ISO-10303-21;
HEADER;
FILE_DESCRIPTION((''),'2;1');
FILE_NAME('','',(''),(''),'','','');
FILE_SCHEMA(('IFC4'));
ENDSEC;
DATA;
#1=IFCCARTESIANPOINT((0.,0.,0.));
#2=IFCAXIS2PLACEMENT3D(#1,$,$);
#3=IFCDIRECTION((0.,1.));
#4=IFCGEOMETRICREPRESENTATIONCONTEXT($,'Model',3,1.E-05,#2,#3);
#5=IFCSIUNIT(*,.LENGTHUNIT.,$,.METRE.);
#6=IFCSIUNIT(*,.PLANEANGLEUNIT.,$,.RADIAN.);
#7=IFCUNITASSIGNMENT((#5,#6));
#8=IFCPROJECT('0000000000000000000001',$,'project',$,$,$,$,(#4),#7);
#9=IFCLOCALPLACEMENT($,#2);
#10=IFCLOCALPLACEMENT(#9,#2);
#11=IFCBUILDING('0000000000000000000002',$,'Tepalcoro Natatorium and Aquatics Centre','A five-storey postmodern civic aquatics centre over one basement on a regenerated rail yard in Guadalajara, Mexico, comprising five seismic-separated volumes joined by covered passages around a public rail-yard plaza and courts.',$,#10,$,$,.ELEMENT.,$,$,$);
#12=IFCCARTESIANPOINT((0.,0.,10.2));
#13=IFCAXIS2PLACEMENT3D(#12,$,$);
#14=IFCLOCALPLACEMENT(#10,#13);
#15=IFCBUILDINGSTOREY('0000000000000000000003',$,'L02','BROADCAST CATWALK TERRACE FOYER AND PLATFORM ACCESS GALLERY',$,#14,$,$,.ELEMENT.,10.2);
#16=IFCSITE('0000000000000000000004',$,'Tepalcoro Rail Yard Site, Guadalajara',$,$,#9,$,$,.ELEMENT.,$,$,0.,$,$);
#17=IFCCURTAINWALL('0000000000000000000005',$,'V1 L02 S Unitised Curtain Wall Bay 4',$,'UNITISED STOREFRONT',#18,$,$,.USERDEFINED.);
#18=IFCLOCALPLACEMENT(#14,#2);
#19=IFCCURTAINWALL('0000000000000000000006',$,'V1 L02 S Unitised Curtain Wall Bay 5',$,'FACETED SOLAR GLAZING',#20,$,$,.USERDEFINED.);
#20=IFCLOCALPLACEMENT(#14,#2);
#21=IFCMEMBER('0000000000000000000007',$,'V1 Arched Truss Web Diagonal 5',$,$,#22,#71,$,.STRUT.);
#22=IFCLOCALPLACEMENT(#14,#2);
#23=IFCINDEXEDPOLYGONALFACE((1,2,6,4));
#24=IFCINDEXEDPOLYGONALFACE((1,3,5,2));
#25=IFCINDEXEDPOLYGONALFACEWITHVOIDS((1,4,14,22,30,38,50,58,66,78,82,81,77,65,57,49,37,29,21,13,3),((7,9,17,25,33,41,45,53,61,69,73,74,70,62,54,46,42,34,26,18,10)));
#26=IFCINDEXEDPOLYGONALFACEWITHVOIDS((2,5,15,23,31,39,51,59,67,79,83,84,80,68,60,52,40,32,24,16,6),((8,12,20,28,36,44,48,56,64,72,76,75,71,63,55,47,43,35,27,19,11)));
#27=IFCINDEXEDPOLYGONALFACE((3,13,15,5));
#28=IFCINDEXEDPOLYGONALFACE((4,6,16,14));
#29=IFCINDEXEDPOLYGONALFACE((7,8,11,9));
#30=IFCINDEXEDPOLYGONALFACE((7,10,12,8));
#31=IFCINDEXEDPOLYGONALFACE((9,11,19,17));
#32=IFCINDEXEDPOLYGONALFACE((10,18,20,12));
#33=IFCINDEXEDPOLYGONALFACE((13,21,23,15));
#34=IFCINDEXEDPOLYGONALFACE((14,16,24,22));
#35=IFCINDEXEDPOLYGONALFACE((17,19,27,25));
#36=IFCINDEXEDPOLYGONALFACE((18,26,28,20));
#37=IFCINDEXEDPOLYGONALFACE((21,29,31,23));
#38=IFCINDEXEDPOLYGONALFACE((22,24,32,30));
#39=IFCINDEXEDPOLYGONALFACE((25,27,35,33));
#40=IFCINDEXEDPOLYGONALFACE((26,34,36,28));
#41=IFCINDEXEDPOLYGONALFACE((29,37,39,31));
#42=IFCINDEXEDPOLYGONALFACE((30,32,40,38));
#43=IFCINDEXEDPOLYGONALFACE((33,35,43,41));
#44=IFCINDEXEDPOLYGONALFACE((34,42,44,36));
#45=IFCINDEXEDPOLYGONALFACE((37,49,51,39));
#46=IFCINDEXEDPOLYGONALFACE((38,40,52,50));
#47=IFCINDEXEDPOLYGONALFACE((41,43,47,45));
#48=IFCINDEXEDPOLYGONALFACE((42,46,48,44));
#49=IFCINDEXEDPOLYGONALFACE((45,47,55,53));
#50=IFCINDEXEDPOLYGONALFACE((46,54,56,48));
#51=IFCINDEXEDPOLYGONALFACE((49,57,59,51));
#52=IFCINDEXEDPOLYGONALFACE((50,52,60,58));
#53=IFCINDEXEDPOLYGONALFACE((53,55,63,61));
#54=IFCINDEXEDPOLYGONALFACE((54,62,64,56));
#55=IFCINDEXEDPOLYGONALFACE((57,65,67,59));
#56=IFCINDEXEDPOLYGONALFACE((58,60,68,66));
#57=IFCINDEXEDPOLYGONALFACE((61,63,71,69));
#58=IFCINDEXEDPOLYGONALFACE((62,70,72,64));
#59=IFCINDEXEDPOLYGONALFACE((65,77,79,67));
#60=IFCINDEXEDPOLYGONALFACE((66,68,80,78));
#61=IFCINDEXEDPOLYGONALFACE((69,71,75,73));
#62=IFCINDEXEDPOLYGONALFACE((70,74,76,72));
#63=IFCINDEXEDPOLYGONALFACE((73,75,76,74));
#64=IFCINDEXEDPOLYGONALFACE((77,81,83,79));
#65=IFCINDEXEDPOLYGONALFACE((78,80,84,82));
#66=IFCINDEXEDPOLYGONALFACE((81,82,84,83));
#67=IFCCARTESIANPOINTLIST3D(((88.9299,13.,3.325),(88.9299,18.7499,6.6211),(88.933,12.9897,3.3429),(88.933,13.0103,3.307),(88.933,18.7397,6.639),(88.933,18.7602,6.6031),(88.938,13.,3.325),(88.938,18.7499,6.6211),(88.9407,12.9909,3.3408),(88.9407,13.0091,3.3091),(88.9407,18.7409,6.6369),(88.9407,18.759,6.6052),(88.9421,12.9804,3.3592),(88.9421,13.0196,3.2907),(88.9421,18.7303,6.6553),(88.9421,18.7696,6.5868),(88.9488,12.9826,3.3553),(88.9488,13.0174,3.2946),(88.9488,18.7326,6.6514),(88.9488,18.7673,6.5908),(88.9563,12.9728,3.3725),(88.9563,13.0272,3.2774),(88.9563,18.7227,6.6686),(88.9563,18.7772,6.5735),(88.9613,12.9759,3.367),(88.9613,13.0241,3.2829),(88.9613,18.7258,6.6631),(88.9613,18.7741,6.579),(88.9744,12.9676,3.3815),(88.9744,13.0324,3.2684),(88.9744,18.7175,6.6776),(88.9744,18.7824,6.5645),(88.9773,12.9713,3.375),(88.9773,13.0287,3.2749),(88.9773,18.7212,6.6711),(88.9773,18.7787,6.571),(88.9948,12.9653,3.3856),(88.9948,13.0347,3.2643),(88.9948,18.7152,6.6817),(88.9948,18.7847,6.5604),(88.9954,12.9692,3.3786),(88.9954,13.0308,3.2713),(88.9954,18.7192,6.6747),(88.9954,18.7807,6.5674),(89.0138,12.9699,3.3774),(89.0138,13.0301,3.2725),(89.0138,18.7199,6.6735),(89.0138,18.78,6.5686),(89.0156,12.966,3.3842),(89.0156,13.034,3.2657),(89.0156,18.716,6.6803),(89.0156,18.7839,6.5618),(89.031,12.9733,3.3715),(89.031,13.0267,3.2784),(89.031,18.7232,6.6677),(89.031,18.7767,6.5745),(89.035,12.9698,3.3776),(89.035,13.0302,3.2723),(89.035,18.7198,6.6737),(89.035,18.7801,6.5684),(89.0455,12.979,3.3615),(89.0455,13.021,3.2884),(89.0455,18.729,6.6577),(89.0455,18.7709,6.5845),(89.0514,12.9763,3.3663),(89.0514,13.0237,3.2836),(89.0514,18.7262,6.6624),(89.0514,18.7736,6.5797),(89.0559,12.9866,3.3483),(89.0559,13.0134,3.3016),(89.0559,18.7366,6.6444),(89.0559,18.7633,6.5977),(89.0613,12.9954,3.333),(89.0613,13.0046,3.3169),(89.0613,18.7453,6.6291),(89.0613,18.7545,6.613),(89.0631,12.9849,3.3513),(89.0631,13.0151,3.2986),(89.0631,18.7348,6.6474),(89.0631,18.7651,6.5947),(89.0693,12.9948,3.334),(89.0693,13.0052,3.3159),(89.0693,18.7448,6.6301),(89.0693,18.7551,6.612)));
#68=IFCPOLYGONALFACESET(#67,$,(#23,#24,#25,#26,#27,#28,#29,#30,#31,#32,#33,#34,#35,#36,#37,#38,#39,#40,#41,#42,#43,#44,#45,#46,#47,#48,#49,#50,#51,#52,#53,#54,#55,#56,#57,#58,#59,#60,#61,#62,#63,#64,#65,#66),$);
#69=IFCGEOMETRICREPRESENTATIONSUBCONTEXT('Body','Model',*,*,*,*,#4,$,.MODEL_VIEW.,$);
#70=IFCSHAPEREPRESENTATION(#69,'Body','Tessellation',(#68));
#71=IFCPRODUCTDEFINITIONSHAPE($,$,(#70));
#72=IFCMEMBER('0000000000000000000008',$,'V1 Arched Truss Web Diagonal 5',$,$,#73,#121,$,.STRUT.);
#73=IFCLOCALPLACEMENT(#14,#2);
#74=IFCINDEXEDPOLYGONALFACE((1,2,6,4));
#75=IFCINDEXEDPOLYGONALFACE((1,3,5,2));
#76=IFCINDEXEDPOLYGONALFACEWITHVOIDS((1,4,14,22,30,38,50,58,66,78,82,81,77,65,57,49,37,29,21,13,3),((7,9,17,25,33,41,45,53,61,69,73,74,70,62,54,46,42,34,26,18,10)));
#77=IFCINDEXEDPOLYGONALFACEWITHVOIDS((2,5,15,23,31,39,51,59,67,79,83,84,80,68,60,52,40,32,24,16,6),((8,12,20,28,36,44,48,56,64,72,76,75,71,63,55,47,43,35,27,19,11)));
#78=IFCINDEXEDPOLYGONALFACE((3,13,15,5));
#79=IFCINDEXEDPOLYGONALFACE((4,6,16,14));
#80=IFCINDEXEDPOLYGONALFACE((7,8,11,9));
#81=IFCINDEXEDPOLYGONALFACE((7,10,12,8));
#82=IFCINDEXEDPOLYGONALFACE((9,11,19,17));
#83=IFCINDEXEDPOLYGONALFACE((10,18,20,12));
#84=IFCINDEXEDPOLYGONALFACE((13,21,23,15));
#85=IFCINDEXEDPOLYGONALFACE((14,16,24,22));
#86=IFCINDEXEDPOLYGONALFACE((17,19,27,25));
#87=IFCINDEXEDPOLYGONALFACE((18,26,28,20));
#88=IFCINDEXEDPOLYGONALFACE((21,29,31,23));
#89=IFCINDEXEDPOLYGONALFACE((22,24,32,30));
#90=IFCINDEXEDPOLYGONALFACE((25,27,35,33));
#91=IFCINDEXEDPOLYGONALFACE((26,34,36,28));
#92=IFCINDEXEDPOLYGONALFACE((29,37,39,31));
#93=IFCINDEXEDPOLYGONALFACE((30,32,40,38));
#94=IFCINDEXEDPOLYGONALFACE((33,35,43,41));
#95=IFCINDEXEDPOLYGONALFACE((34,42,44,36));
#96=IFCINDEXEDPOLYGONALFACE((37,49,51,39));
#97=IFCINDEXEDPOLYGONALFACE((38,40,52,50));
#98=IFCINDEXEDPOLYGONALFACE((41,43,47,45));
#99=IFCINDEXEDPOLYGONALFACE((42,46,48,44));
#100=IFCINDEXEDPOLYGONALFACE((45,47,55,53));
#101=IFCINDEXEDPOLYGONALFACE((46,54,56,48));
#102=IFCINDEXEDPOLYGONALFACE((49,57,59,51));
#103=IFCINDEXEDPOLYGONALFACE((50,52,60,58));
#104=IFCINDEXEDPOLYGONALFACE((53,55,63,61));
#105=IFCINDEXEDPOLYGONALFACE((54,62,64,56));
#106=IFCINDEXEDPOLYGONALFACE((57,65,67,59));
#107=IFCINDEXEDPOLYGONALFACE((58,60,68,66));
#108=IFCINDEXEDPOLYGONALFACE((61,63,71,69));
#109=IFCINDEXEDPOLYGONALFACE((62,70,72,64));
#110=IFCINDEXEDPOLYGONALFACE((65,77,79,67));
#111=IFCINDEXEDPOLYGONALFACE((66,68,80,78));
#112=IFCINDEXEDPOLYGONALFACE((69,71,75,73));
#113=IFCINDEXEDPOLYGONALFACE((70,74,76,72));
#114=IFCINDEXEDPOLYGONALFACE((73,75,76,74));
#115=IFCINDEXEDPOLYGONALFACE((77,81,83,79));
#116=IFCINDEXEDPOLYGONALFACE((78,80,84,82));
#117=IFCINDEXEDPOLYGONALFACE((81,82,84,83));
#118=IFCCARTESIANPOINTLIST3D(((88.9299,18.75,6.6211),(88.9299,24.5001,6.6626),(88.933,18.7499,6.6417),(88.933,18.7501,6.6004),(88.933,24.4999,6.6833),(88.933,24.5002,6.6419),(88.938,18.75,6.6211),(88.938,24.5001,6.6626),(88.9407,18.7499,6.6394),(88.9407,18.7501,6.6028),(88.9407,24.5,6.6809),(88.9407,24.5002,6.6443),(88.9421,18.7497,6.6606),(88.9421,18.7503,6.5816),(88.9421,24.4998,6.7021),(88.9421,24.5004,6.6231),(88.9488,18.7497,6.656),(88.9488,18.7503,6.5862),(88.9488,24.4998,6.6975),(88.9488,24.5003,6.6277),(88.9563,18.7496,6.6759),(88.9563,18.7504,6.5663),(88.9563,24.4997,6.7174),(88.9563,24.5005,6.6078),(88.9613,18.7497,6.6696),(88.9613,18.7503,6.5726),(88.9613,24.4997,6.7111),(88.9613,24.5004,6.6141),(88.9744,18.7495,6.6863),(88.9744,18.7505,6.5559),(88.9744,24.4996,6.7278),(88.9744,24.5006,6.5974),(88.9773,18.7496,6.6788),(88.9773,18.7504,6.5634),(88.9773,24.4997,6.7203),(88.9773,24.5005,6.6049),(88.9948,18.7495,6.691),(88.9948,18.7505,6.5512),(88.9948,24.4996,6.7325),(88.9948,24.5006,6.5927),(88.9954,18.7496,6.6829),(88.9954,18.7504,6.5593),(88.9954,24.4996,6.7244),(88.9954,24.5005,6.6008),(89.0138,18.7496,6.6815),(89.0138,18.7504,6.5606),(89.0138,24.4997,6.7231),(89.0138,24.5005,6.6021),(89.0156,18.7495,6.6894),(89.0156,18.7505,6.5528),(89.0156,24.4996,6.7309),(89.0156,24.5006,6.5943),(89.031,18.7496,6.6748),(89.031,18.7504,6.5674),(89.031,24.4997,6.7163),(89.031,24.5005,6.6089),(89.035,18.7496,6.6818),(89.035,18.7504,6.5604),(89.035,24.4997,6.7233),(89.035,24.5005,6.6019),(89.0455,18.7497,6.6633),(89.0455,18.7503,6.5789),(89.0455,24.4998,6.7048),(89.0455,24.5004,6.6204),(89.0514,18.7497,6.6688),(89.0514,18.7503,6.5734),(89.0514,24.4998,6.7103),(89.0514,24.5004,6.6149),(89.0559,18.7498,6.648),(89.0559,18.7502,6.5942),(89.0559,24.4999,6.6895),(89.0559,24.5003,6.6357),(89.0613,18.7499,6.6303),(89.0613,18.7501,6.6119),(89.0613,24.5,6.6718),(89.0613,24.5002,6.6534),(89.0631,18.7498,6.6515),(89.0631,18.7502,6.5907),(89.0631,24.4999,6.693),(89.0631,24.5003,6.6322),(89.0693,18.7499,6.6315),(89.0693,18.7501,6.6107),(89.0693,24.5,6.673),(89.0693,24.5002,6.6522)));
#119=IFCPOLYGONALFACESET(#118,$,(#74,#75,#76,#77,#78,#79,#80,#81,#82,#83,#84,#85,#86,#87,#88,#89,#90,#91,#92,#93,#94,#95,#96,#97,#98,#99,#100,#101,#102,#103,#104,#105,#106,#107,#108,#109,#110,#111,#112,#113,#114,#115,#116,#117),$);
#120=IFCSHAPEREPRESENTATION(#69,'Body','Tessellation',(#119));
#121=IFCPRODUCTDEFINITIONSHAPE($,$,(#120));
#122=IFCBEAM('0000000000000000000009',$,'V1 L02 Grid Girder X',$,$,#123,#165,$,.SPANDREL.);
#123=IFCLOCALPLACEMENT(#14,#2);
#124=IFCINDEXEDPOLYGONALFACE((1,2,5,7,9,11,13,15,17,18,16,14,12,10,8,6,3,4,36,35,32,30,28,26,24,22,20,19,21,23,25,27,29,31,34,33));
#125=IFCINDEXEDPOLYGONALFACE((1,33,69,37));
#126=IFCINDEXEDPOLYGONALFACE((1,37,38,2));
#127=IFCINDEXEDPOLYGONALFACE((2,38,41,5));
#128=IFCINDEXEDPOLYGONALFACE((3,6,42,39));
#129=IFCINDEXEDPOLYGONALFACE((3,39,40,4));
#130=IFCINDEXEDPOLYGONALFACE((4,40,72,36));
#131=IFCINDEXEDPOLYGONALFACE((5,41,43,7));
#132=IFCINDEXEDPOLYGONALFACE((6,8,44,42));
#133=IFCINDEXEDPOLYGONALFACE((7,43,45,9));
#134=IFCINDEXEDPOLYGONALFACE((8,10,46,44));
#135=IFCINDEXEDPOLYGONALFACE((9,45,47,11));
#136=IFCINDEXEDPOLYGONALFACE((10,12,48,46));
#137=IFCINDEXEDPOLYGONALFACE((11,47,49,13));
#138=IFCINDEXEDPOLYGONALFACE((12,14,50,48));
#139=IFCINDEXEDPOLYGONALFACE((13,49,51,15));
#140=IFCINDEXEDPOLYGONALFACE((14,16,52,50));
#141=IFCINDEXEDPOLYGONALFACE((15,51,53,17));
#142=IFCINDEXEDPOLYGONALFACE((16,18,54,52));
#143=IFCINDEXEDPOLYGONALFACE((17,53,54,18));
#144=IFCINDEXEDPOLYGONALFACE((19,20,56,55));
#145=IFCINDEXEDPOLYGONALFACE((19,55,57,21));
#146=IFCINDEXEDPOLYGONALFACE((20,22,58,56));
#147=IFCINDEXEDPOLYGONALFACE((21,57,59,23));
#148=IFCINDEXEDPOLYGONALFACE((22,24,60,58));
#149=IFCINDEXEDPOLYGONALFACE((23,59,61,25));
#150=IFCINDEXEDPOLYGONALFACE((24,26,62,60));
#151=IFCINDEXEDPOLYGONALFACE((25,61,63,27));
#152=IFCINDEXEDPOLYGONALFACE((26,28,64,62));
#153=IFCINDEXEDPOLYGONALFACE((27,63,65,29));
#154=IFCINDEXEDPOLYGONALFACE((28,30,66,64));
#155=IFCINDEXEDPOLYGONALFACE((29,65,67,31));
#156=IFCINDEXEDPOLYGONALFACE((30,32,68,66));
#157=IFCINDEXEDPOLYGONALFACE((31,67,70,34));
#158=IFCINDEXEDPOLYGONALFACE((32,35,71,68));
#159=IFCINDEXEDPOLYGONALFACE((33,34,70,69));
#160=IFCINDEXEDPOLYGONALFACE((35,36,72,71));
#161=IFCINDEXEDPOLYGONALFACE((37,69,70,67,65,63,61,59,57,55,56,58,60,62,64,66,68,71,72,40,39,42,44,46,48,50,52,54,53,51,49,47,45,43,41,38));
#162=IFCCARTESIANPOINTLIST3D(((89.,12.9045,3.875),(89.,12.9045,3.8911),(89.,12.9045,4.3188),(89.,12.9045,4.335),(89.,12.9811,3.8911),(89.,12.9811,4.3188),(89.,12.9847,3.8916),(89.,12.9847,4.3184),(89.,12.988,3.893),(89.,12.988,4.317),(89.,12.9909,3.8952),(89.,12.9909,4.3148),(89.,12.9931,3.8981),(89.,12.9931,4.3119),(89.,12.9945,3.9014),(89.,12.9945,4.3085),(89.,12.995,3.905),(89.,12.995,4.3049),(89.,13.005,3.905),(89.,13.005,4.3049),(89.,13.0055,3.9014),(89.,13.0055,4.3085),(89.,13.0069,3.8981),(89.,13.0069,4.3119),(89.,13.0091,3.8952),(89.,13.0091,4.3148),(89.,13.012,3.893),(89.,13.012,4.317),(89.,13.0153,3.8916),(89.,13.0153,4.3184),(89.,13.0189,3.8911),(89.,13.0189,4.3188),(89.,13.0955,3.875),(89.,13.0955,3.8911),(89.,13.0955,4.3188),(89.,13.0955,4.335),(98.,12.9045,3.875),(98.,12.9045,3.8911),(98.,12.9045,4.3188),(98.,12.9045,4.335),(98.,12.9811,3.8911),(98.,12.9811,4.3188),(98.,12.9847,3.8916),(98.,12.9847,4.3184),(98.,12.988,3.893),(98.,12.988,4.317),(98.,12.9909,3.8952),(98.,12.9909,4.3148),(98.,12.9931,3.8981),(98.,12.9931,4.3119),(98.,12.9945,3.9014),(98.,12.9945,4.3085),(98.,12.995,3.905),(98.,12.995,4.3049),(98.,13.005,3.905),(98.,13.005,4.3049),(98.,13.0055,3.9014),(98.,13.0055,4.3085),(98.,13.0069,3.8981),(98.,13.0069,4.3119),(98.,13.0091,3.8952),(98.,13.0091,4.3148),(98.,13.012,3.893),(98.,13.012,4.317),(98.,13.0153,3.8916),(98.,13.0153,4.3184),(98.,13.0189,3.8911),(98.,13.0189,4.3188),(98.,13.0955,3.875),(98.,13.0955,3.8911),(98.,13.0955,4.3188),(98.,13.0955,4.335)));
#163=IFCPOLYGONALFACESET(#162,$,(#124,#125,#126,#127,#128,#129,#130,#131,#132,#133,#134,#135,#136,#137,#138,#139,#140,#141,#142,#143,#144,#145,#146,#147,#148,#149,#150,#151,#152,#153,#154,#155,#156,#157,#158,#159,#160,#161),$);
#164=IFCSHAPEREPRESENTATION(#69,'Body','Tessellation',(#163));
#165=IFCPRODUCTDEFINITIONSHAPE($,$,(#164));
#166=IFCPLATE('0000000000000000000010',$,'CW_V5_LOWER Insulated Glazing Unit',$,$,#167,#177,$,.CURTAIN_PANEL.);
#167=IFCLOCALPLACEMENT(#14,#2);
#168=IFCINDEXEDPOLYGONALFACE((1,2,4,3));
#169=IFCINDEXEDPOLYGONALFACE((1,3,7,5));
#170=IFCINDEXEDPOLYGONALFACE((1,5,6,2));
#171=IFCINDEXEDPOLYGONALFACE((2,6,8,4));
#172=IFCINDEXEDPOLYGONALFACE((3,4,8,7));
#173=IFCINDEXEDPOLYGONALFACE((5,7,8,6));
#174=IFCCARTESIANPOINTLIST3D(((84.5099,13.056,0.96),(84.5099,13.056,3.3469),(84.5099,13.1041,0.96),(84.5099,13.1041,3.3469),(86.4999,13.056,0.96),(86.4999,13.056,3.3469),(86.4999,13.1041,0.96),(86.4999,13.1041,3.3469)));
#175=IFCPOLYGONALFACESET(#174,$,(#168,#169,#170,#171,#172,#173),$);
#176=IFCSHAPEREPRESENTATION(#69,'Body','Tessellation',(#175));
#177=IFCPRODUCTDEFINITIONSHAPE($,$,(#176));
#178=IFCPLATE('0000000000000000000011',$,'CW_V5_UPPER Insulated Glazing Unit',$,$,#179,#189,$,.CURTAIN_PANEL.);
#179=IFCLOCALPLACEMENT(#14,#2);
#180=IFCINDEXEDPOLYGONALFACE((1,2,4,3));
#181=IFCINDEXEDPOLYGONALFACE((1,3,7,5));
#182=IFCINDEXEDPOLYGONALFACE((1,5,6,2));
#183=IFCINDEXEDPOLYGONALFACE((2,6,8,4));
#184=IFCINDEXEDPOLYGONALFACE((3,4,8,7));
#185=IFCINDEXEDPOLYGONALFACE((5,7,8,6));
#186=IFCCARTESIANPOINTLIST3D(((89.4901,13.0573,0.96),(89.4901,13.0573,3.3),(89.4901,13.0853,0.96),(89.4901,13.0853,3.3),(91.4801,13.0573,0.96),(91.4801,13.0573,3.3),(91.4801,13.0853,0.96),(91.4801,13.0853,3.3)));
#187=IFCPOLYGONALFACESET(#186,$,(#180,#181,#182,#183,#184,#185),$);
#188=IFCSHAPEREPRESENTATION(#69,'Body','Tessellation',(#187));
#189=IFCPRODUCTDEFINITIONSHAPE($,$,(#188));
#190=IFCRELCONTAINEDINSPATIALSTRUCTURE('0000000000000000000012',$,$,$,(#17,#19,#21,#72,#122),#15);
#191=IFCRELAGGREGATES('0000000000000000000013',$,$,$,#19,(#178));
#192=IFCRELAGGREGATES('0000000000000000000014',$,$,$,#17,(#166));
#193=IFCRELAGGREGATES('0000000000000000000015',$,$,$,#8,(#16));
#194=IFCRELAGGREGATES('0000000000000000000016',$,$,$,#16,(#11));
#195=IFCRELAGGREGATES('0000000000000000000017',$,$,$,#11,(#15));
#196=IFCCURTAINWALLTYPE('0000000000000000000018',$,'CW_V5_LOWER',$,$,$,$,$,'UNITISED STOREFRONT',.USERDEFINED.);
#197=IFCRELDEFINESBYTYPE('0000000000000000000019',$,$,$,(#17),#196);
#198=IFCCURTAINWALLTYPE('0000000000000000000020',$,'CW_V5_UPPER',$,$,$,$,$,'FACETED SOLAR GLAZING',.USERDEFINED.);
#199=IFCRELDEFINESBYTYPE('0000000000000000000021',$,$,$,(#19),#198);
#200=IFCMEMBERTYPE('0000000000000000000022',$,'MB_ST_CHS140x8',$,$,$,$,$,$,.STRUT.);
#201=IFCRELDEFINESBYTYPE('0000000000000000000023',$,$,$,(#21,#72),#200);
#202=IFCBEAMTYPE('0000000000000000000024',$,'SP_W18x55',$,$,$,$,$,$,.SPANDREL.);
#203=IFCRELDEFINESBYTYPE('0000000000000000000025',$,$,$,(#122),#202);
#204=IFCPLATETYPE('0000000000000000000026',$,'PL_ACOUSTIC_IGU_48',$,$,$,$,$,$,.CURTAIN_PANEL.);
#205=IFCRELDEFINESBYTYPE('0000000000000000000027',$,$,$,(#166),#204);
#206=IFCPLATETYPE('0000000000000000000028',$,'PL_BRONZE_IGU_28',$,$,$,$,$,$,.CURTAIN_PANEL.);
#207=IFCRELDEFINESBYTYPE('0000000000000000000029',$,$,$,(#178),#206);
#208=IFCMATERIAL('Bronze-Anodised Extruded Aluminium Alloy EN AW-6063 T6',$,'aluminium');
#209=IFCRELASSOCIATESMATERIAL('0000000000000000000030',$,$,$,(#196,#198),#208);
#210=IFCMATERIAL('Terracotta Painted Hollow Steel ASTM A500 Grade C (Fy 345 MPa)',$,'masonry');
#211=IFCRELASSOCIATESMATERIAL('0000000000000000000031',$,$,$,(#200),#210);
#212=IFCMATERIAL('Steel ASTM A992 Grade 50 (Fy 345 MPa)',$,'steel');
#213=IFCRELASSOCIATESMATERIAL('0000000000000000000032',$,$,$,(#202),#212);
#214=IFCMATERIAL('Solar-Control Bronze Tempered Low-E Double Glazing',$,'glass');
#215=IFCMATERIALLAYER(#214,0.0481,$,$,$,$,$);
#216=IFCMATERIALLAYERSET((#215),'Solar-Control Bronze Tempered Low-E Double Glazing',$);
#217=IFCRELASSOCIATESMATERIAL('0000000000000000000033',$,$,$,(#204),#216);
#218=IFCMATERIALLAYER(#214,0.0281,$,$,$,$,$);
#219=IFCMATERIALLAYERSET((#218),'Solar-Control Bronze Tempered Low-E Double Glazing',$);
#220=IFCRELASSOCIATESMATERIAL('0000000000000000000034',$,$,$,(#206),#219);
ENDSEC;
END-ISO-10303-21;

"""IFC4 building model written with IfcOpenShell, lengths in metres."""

from ifc_helpers import new_model, si_unit, direction, frame, origin, origin_2d, place, context, subcontext, project, spatial, rectangle, hollow_circle, i_section, extrude, material, layer, layer_set, material_profile, profile_set, type_object, element, aggregate, save


model = new_model("IFC4")

# Units and contexts
model_context = context("Model", 3, precision=1e-05, world=origin(), true_north=direction((0.0, 1.0)))
body_context = subcontext(model_context, "Body", "Model", "MODEL_VIEW")
ifc_project = project(units=[si_unit("LENGTHUNIT", "METRE"), si_unit("PLANEANGLEUNIT", "RADIAN")], contexts=[model_context])

# Site, building, storey
site_placement = place(None, origin())
site = spatial("IfcSite", under=ifc_project, at=site_placement, Name="Tepalcoro Rail Yard Site, Guadalajara", CompositionType="ELEMENT", RefElevation=0.0)
building_placement = place(site_placement, origin())
building = spatial("IfcBuilding", under=site, at=building_placement, Name="Tepalcoro Natatorium and Aquatics Centre", Description="A five-storey postmodern civic aquatics centre over one basement on a regenerated rail yard in Guadalajara, Mexico, comprising five seismic-separated volumes joined by covered passages around a public rail-yard plaza and courts.", CompositionType="ELEMENT")
storey_placement = place(building_placement, frame((0.0, 0.0, 10.2)))
storey = spatial("IfcBuildingStorey", under=building, at=storey_placement, Name="L02", Description="BROADCAST CATWALK TERRACE FOYER AND PLATFORM ACCESS GALLERY", CompositionType="ELEMENT", Elevation=10.2)

# Shared definitions
ifc_material_1 = material(Name="Steel ASTM A992 Grade 50 (Fy 345 MPa)", Category="steel")

# Shared definitions
ifc_material_2 = material(Name="Terracotta Painted Hollow Steel ASTM A500 Grade C (Fy 345 MPa)", Category="masonry")

# Curtain walls
ifc_material_3 = material(Name="Bronze-Anodised Extruded Aluminium Alloy EN AW-6063 T6", Category="aluminium")
curtain_wall_type_1 = type_object("IfcCurtainWallType", Name="CW_V5_LOWER", ElementType="UNITISED STOREFRONT", PredefinedType="USERDEFINED", material=ifc_material_3)
curtain_wall_1_placement = place(storey_placement, origin())
curtain_wall_1 = element("IfcCurtainWall", 1, at=curtain_wall_1_placement, inside=storey, type_object=curtain_wall_type_1, Name="V1 L02 S Unitised Curtain Wall Bay 4", ObjectType="UNITISED STOREFRONT", PredefinedType="USERDEFINED")
curtain_wall_type_2 = type_object("IfcCurtainWallType", Name="CW_V5_UPPER", ElementType="FACETED SOLAR GLAZING", PredefinedType="USERDEFINED", material=ifc_material_3)
curtain_wall_2_placement = place(storey_placement, origin())
curtain_wall_2 = element("IfcCurtainWall", 2, at=curtain_wall_2_placement, inside=storey, type_object=curtain_wall_type_2, Name="V1 L02 S Unitised Curtain Wall Bay 5", ObjectType="FACETED SOLAR GLAZING", PredefinedType="USERDEFINED")

# Members
ifc_material_profile_1 = material_profile(ifc_material_2, hollow_circle(Radius=0.0701, WallThickness=0.0081, at=origin_2d()), Name="CHS140X8")
ifc_profile_set_1 = profile_set([ifc_material_profile_1], Name="Terracotta Painted Hollow Steel ASTM A500 Grade C (Fy 345 MPa)")
member_type_1 = type_object("IfcMemberType", Name="MB_ST_CHS140x8", PredefinedType="STRUT", material=ifc_profile_set_1)
member_1_placement = place(storey_placement, frame((89.0, 13.0, 3.325), z_axis=(0.0, 0.867565, 0.497325), x_axis=(-1.0, 0.0, 0.0)))
element("IfcMember", 3, at=member_1_placement, inside=storey, type_object=member_type_1, Name="V1 Arched Truss Web Diagonal 5", PredefinedType="STRUT", context=body_context, shape_type="SweptSolid", body=[
    extrude(hollow_circle(Radius=0.0701, WallThickness=0.0081, at=origin_2d()), origin(), (0.0, 0.0, 1.0), 6.6277),
])
member_2_placement = place(storey_placement, frame((89.0, 18.75, 6.6211), z_axis=(0.0, 0.999974, 0.007218), x_axis=(-1.0, 0.0, 0.0)))
element("IfcMember", 4, at=member_2_placement, inside=storey, type_object=member_type_1, Name="V1 Arched Truss Web Diagonal 5", PredefinedType="STRUT", context=body_context, shape_type="SweptSolid", body=[
    extrude(hollow_circle(Radius=0.0701, WallThickness=0.0081, at=origin_2d()), origin(), (0.0, 0.0, 1.0), 5.7502),
])

# Beam
ifc_material_profile_2 = material_profile(ifc_material_1, i_section(OverallWidth=0.1909, OverallDepth=0.46, WebThickness=0.01, FlangeThickness=0.0161, FilletRadius=0.0139, at=origin_2d()), Name="W18X55")
ifc_profile_set_2 = profile_set([ifc_material_profile_2], Name="Steel ASTM A992 Grade 50 (Fy 345 MPa)")
beam_type_1 = type_object("IfcBeamType", Name="SP_W18x55", PredefinedType="SPANDREL", material=ifc_profile_set_2)
beam_placement = place(storey_placement, frame((89.0, 13.0, 4.105), z_axis=(1.0, 0.0, 0.0), x_axis=(0.0, 1.0, 0.0)))
element("IfcBeam", 5, at=beam_placement, inside=storey, type_object=beam_type_1, Name="V1 L02 Grid Girder X", PredefinedType="SPANDREL", context=body_context, shape_type="SweptSolid", body=[
    extrude(i_section(OverallWidth=0.1909, OverallDepth=0.46, WebThickness=0.01, FlangeThickness=0.0161, FilletRadius=0.0139, at=origin_2d()), origin(), (0.0, 0.0, 1.0), 9.0),
])

# Plates
ifc_material_4 = material(Name="Solar-Control Bronze Tempered Low-E Double Glazing", Category="glass")
ifc_layer_1 = layer(ifc_material_4, 0.0481)
ifc_layer_set_1 = layer_set([ifc_layer_1], Name="Solar-Control Bronze Tempered Low-E Double Glazing")
plate_type_1 = type_object("IfcPlateType", Name="PL_ACOUSTIC_IGU_48", PredefinedType="CURTAIN_PANEL", material=ifc_layer_set_1)
plate_1_placement = place(storey_placement, frame((85.5049, 13.0801, 0.96), z_axis=(0.0, 0.0, 1.0), x_axis=(1.0, 0.0, 0.0)))
plate_1 = element("IfcPlate", 6, at=plate_1_placement, type_object=plate_type_1, Name="CW_V5_LOWER Insulated Glazing Unit", PredefinedType="CURTAIN_PANEL", context=body_context, shape_type="SweptSolid", body=[
    extrude(rectangle(XDim=1.99, YDim=0.0481, at=origin_2d()), origin(), (0.0, 0.0, 1.0), 2.387),
])
ifc_layer_2 = layer(ifc_material_4, 0.0281)
ifc_layer_set_2 = layer_set([ifc_layer_2], Name="Solar-Control Bronze Tempered Low-E Double Glazing")
plate_type_2 = type_object("IfcPlateType", Name="PL_BRONZE_IGU_28", PredefinedType="CURTAIN_PANEL", material=ifc_layer_set_2)
plate_2_placement = place(storey_placement, frame((90.4851, 13.0713, 0.96), z_axis=(0.0, 0.0, 1.0), x_axis=(1.0, 0.0, 0.0)))
plate_2 = element("IfcPlate", 7, at=plate_2_placement, type_object=plate_type_2, Name="CW_V5_UPPER Insulated Glazing Unit", PredefinedType="CURTAIN_PANEL", context=body_context, shape_type="SweptSolid", body=[
    extrude(rectangle(XDim=1.99, YDim=0.0281, at=origin_2d()), origin(), (0.0, 0.0, 1.0), 2.3401),
])

aggregate(curtain_wall_2, [plate_2])
aggregate(curtain_wall_1, [plate_1])

save(model, "model.ifc")
